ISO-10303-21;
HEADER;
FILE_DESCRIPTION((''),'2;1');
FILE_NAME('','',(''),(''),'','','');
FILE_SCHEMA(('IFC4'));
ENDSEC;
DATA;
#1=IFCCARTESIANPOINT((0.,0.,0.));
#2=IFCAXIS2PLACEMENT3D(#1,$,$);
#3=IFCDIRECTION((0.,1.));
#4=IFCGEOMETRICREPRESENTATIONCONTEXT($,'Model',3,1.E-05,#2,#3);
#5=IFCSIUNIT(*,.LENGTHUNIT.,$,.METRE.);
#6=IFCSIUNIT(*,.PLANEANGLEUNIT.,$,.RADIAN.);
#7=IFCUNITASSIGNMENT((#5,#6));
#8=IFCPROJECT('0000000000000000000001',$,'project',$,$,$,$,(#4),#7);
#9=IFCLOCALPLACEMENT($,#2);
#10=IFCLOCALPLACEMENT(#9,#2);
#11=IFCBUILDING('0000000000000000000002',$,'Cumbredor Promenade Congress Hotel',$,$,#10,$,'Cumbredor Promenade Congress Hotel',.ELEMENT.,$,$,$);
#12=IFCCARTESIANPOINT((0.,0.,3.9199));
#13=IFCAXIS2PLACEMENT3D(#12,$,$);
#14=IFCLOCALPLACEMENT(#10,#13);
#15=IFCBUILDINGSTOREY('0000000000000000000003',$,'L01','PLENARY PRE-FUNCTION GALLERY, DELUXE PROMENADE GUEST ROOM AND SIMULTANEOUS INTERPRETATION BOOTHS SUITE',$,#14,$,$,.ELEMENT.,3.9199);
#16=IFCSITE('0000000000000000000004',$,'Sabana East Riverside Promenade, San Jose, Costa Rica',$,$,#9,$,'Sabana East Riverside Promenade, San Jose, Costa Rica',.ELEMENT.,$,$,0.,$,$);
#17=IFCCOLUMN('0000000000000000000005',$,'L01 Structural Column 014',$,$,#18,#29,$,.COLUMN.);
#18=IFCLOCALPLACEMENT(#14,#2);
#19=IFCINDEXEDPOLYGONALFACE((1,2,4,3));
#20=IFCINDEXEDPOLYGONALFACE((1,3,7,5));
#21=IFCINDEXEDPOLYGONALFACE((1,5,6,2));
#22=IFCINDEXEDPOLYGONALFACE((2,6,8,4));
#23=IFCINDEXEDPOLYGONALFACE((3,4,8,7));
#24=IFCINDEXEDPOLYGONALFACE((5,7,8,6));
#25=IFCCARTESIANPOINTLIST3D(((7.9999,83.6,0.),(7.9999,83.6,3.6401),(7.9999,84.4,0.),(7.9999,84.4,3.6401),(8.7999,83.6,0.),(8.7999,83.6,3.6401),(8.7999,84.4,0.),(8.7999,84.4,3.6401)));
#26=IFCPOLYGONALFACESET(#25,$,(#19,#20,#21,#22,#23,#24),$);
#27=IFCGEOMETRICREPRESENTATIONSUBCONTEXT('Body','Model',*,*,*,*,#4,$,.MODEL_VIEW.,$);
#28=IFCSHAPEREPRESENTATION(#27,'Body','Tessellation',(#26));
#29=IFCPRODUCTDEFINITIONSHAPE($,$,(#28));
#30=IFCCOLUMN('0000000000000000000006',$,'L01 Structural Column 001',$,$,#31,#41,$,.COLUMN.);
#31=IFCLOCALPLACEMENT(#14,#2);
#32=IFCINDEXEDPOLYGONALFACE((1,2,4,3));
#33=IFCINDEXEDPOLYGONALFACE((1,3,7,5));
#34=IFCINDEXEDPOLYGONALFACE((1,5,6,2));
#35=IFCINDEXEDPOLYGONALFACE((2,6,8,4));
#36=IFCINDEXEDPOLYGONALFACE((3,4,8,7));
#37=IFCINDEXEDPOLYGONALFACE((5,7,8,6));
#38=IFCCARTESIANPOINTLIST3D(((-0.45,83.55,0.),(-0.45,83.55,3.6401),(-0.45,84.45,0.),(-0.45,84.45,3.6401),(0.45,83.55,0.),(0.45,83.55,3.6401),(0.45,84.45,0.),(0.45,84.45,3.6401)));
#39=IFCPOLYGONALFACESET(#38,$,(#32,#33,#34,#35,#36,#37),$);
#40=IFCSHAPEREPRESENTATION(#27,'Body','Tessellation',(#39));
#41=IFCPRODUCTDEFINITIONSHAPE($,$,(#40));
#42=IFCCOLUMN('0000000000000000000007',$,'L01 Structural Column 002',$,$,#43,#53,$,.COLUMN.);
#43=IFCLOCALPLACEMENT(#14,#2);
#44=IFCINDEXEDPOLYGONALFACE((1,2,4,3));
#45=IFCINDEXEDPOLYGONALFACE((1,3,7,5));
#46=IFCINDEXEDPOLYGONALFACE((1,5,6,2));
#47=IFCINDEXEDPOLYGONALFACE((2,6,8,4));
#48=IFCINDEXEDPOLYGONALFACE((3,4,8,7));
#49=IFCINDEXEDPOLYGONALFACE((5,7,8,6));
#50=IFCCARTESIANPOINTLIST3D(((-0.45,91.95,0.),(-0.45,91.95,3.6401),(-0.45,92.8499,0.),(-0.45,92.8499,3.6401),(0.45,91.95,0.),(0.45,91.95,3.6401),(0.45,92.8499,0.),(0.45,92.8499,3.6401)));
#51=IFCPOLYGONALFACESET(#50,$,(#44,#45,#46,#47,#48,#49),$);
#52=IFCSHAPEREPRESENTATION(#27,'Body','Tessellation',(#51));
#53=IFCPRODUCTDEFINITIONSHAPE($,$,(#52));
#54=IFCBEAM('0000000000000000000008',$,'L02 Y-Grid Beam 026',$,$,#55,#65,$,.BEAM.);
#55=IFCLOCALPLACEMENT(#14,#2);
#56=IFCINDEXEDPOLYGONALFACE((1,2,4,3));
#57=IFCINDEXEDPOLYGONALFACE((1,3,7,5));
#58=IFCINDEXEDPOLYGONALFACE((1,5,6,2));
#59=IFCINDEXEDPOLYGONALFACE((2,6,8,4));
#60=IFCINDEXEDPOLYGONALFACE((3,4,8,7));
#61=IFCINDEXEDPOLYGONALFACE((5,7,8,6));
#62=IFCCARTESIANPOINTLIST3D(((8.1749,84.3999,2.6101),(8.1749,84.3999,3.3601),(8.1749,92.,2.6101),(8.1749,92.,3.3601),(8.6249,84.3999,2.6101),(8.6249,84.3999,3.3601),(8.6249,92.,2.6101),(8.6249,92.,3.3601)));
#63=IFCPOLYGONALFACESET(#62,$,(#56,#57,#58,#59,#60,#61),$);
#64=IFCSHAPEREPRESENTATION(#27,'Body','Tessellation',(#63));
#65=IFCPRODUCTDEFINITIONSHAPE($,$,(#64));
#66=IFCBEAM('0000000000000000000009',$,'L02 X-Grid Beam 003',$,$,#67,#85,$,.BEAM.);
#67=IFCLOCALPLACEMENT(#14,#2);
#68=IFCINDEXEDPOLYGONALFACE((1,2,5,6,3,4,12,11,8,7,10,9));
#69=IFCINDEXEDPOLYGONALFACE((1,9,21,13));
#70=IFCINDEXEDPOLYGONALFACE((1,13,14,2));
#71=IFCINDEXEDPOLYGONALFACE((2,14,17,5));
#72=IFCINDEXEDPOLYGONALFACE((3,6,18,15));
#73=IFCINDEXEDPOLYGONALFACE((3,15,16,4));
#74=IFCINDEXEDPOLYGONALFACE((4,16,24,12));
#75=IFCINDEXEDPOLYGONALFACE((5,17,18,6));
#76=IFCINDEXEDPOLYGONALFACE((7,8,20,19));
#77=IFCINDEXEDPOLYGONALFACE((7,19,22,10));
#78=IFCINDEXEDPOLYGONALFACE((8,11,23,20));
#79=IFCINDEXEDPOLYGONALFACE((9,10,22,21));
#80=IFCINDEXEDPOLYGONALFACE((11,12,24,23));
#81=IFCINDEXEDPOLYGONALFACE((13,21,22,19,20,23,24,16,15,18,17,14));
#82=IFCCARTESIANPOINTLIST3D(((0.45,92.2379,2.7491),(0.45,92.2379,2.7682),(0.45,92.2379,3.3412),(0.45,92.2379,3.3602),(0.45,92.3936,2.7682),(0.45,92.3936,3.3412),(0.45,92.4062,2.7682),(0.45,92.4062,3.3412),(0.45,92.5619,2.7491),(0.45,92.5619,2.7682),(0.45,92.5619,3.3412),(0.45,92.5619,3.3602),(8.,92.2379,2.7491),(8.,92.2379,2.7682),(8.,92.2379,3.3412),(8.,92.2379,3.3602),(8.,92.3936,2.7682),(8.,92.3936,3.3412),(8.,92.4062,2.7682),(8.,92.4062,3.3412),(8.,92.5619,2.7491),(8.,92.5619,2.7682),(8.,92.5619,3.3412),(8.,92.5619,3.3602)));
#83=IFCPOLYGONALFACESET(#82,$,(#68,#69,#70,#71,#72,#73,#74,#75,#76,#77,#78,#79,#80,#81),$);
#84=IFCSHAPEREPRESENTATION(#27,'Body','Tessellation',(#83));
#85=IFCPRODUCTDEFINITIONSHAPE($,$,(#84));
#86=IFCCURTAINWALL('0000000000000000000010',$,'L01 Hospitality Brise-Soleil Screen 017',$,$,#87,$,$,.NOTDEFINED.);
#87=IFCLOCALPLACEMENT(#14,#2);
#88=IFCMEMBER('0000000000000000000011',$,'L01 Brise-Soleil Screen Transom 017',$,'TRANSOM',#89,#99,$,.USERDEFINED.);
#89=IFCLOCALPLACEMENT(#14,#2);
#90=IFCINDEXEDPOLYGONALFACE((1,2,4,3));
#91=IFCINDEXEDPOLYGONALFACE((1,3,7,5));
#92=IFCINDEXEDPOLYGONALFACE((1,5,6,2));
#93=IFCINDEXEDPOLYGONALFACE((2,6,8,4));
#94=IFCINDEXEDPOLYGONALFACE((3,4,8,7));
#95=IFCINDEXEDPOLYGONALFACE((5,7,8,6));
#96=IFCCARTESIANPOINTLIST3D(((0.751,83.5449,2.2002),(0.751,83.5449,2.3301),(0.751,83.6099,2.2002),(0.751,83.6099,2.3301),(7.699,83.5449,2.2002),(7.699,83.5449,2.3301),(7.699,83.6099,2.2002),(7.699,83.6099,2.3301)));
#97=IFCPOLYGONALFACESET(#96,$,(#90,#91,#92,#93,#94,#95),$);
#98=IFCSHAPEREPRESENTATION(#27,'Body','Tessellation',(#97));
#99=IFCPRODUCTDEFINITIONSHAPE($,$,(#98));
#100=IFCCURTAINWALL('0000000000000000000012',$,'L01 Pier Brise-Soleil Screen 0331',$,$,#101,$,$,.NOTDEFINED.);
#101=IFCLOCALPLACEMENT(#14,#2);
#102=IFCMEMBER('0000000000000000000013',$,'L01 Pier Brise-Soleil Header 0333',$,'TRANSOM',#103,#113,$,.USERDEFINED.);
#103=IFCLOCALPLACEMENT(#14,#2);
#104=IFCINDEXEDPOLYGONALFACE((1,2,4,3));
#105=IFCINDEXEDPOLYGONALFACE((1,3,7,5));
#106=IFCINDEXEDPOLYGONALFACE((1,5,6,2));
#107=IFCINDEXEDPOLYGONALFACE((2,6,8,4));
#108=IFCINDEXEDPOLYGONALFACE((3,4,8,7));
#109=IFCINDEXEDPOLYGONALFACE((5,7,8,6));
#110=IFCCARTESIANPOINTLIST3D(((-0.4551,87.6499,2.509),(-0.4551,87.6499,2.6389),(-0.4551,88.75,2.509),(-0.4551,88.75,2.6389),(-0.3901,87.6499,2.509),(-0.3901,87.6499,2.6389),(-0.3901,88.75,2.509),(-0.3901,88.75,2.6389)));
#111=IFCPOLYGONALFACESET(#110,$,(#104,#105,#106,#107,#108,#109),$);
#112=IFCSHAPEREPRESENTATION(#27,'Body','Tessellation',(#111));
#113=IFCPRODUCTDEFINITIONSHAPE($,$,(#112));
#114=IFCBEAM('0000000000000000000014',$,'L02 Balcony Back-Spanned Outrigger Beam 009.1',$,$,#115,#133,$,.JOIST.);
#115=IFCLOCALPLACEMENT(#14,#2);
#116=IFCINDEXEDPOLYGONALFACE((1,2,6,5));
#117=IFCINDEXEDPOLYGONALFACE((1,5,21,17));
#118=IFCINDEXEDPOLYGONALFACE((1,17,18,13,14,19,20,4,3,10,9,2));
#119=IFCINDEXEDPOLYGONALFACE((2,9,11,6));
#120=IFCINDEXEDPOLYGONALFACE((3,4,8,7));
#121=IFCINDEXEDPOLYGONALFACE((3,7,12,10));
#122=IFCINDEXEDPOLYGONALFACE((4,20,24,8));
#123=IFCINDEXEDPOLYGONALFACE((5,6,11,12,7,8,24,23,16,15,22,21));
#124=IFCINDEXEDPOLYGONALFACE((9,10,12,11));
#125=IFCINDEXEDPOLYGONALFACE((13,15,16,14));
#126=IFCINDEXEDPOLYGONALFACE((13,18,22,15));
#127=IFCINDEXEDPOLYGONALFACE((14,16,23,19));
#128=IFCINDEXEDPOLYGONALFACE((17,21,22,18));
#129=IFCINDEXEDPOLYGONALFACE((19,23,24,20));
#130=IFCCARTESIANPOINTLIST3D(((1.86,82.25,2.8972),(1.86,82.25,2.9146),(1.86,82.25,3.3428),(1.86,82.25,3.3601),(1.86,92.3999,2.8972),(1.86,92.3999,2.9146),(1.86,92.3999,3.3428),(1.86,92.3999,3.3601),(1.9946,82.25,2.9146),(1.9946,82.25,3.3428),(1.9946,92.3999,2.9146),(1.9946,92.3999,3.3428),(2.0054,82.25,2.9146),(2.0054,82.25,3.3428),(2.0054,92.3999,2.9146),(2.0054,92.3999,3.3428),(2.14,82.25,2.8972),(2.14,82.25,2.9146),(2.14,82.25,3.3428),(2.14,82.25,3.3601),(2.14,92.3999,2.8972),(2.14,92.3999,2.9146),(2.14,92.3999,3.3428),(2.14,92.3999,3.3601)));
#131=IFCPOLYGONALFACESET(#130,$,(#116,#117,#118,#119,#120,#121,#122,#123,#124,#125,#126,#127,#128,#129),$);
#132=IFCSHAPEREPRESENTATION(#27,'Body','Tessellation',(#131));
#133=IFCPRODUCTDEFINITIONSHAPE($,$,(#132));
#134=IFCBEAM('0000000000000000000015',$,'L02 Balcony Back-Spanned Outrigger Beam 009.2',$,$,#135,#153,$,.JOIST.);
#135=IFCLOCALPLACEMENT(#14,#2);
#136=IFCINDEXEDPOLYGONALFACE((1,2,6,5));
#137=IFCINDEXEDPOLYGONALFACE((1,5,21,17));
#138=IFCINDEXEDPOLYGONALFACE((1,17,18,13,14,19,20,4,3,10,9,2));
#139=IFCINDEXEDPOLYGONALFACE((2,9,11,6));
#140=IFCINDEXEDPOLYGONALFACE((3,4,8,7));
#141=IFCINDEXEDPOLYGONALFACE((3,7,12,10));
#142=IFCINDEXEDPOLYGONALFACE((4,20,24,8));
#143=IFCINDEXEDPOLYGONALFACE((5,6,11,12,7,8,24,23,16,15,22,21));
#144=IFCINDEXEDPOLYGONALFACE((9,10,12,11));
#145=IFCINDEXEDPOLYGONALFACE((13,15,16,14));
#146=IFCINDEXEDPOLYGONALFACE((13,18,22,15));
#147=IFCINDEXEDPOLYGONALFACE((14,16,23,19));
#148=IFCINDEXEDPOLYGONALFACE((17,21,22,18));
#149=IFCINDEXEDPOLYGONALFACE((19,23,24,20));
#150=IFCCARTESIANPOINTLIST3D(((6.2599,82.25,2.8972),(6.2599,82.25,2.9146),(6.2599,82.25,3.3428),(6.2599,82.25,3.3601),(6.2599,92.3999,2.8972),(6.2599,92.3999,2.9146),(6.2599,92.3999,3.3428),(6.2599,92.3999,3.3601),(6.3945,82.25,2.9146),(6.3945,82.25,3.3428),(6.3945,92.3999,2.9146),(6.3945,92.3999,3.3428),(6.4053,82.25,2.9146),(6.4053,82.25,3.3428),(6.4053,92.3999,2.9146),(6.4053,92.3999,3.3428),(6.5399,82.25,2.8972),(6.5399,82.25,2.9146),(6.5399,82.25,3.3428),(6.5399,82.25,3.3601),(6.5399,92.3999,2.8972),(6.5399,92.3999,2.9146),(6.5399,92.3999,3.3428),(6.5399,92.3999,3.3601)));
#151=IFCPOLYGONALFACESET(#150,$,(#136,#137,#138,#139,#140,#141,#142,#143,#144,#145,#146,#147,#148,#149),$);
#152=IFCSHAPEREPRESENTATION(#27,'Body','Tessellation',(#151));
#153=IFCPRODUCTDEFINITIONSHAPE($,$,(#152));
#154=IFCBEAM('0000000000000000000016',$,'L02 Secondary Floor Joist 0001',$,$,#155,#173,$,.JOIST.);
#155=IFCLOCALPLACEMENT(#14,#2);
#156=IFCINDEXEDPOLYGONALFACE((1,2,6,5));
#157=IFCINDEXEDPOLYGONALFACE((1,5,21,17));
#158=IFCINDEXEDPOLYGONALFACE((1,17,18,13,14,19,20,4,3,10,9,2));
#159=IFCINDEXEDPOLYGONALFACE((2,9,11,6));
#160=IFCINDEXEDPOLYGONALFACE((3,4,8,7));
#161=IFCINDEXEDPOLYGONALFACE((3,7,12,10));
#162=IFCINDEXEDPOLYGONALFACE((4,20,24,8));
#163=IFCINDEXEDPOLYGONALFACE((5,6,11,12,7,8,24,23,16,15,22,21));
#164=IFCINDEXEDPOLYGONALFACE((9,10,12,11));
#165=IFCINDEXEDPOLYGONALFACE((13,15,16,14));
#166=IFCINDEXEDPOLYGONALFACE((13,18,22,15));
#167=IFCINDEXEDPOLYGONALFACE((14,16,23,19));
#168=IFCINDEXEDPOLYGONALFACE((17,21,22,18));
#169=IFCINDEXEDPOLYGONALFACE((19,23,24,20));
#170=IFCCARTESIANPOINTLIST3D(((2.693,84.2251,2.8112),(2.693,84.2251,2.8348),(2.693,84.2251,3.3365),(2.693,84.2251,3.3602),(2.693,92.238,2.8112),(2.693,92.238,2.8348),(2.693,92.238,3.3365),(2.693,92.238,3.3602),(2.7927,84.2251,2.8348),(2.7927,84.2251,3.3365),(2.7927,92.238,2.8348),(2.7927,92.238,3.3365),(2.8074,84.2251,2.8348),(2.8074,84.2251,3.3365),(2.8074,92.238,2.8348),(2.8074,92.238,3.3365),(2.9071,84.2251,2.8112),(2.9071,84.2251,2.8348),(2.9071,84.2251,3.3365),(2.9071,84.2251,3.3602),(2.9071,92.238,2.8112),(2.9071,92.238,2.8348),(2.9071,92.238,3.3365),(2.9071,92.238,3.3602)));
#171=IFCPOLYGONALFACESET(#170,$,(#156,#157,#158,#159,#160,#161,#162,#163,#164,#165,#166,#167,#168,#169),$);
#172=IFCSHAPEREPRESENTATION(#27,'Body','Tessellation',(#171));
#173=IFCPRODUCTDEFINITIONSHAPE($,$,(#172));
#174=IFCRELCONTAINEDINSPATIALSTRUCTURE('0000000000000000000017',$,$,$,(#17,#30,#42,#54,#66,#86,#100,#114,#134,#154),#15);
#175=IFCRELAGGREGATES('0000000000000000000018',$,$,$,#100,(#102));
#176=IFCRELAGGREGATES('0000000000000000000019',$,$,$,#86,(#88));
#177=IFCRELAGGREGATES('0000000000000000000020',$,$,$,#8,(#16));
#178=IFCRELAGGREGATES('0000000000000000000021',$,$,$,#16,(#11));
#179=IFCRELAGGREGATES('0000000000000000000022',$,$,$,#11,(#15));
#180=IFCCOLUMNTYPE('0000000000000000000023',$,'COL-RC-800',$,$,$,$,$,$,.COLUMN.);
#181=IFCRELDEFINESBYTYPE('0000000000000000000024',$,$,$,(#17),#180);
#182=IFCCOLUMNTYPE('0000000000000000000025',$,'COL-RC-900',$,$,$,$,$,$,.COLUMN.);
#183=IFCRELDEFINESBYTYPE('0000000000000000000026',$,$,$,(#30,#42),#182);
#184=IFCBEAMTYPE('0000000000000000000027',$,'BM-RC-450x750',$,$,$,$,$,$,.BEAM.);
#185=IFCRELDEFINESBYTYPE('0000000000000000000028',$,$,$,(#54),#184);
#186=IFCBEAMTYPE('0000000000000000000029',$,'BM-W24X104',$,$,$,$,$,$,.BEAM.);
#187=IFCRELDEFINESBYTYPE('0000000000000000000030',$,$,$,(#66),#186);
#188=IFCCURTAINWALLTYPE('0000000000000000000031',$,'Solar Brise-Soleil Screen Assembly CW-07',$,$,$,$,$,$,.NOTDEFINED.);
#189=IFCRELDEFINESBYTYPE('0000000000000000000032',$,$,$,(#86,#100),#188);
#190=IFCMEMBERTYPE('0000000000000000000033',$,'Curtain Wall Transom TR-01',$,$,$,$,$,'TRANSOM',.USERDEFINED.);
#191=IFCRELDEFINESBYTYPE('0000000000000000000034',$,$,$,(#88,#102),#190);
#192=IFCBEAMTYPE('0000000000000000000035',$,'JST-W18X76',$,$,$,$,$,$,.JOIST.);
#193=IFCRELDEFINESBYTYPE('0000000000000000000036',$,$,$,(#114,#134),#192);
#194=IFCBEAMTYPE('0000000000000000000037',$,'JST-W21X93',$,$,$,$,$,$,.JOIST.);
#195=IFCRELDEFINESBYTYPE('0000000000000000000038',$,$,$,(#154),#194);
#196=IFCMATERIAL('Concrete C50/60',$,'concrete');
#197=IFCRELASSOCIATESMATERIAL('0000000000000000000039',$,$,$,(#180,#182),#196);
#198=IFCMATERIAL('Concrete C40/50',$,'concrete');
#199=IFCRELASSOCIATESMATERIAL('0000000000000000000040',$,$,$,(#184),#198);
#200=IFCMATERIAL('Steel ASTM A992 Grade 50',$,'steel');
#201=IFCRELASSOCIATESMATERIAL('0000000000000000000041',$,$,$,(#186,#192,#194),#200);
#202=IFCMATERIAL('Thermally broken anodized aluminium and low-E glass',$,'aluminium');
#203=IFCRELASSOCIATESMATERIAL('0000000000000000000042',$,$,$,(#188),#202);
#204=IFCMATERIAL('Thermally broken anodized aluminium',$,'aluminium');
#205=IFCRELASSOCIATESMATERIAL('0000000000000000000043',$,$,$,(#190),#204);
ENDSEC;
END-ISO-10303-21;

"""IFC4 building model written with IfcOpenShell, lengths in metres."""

from ifc_helpers import new_model, si_unit, direction, frame, origin, origin_2d, place, context, subcontext, project, spatial, rectangle, i_section, extrude, material, material_profile, profile_set, type_object, element, aggregate, save


model = new_model("IFC4")

# Units and contexts
model_context = context("Model", 3, precision=1e-05, world=origin(), true_north=direction((0.0, 1.0)))
body_context = subcontext(model_context, "Body", "Model", "MODEL_VIEW")
ifc_project = project(units=[si_unit("LENGTHUNIT", "METRE"), si_unit("PLANEANGLEUNIT", "RADIAN")], contexts=[model_context])

# Site, building, storey
site_placement = place(None, origin())
site = spatial("IfcSite", under=ifc_project, at=site_placement, Name="Sabana East Riverside Promenade, San Jose, Costa Rica", LongName="Sabana East Riverside Promenade, San Jose, Costa Rica", CompositionType="ELEMENT", RefElevation=0.0)
building_placement = place(site_placement, origin())
building = spatial("IfcBuilding", under=site, at=building_placement, Name="Cumbredor Promenade Congress Hotel", LongName="Cumbredor Promenade Congress Hotel", CompositionType="ELEMENT")
storey_placement = place(building_placement, frame((0.0, 0.0, 3.9199)))
storey = spatial("IfcBuildingStorey", under=building, at=storey_placement, Name="L01", Description="PLENARY PRE-FUNCTION GALLERY, DELUXE PROMENADE GUEST ROOM AND SIMULTANEOUS INTERPRETATION BOOTHS SUITE", CompositionType="ELEMENT", Elevation=3.9199)

# Columns
ifc_material_1 = material(Name="Concrete C50/60", Category="concrete")
ifc_material_profile_1 = material_profile(ifc_material_1, rectangle(XDim=0.8, YDim=0.8, at=origin_2d()), Name="RC 800x800")
ifc_profile_set_1 = profile_set([ifc_material_profile_1], Name="Concrete C50/60")
column_type_1 = type_object("IfcColumnType", Name="COL-RC-800", PredefinedType="COLUMN", material=ifc_profile_set_1)
column_placement = place(storey_placement, frame((8.3999, 84.0, 0.0), z_axis=(0.0, 0.0, 1.0), x_axis=(1.0, 0.0, 0.0)))
element("IfcColumn", 1, at=column_placement, inside=storey, type_object=column_type_1, Name="L01 Structural Column 014", PredefinedType="COLUMN", context=body_context, shape_type="SweptSolid", body=[
    extrude(rectangle(XDim=0.8, YDim=0.8, at=origin_2d()), origin(), (0.0, 0.0, 1.0), 3.6401),
])
ifc_material_profile_2 = material_profile(ifc_material_1, rectangle(XDim=0.8999, YDim=0.8999, at=origin_2d()), Name="RC 900x900")
ifc_profile_set_2 = profile_set([ifc_material_profile_2], Name="Concrete C50/60")
column_type_2 = type_object("IfcColumnType", Name="COL-RC-900", PredefinedType="COLUMN", material=ifc_profile_set_2)
for number, where, z_axis, x_axis, name in (
    (2, (0.0, 84.0, 0.0), (0.0, 0.0, 1.0), (1.0, 0.0, 0.0), "L01 Structural Column 001"),
    (3, (0.0, 92.3999, 0.0), (0.0, 0.0, 1.0), (1.0, 0.0, 0.0), "L01 Structural Column 002"),
):
    element("IfcColumn", number, at=place(storey_placement, frame(where, z_axis=z_axis, x_axis=x_axis)), inside=storey, type_object=column_type_2, Name=name, PredefinedType="COLUMN", context=body_context, shape_type="SweptSolid", body=[
        extrude(rectangle(XDim=0.8999, YDim=0.8999, at=origin_2d()), origin(), (0.0, 0.0, 1.0), 3.6401),
    ])

# Beams
ifc_material_2 = material(Name="Concrete C40/50", Category="concrete")
ifc_material_profile_3 = material_profile(ifc_material_2, rectangle(XDim=0.45, YDim=0.75, at=origin_2d()), Name="RC BEAM 450x750")
ifc_profile_set_3 = profile_set([ifc_material_profile_3], Name="Concrete C40/50")
beam_type_1 = type_object("IfcBeamType", Name="BM-RC-450x750", PredefinedType="BEAM", material=ifc_profile_set_3)
beam_1_placement = place(storey_placement, frame((8.3999, 84.3999, 2.9851), z_axis=(0.0, 1.0, 0.0), x_axis=(-1.0, 0.0, 0.0)))
element("IfcBeam", 4, at=beam_1_placement, inside=storey, type_object=beam_type_1, Name="L02 Y-Grid Beam 026", PredefinedType="BEAM", context=body_context, shape_type="SweptSolid", body=[
    extrude(rectangle(XDim=0.45, YDim=0.75, at=origin_2d()), origin(), (0.0, 0.0, 1.0), 7.6001),
])
ifc_material_3 = material(Name="Steel ASTM A992 Grade 50", Category="steel")
ifc_material_profile_4 = material_profile(ifc_material_3, i_section(OverallWidth=0.324, OverallDepth=0.6111, WebThickness=0.0127, FlangeThickness=0.019, at=origin_2d()), Name="W24X104")
ifc_profile_set_4 = profile_set([ifc_material_profile_4], Name="Steel ASTM A992 Grade 50")
beam_type_2 = type_object("IfcBeamType", Name="BM-W24X104", PredefinedType="BEAM", material=ifc_profile_set_4)
beam_2_placement = place(storey_placement, frame((0.45, 92.3999, 3.0547), z_axis=(1.0, 0.0, 0.0), x_axis=(0.0, 1.0, 0.0)))
element("IfcBeam", 5, at=beam_2_placement, inside=storey, type_object=beam_type_2, Name="L02 X-Grid Beam 003", PredefinedType="BEAM", context=body_context, shape_type="SweptSolid", body=[
    extrude(i_section(OverallWidth=0.324, OverallDepth=0.6111, WebThickness=0.0127, FlangeThickness=0.019, at=origin_2d()), origin(), (0.0, 0.0, 1.0), 7.55),
])

# Curtain walls, members
ifc_material_4 = material(Name="Thermally broken anodized aluminium and low-E glass", Category="aluminium")
curtain_wall_type = type_object("IfcCurtainWallType", Name="Solar Brise-Soleil Screen Assembly CW-07", PredefinedType="NOTDEFINED", material=ifc_material_4)
curtain_wall_1_placement = place(storey_placement, origin())
curtain_wall_1 = element("IfcCurtainWall", 6, at=curtain_wall_1_placement, inside=storey, type_object=curtain_wall_type, Name="L01 Hospitality Brise-Soleil Screen 017", PredefinedType="NOTDEFINED")
ifc_material_5 = material(Name="Thermally broken anodized aluminium", Category="aluminium")
ifc_material_profile_5 = material_profile(ifc_material_5, rectangle(XDim=0.0649, YDim=0.1299, at=origin_2d()), Name="ALU TRANSOM 65x130")
ifc_profile_set_5 = profile_set([ifc_material_profile_5], Name="Thermally broken anodized aluminium")
member_type_1 = type_object("IfcMemberType", Name="Curtain Wall Transom TR-01", ElementType="TRANSOM", PredefinedType="USERDEFINED", material=ifc_profile_set_5)
member_1_placement = place(storey_placement, frame((0.751, 83.5774, 2.2651), z_axis=(1.0, 0.0, 0.0), x_axis=(0.0, 1.0, 0.0)))
member_1 = element("IfcMember", 7, at=member_1_placement, type_object=member_type_1, Name="L01 Brise-Soleil Screen Transom 017", ObjectType="TRANSOM", PredefinedType="USERDEFINED", context=body_context, shape_type="SweptSolid", body=[
    extrude(rectangle(XDim=0.0649, YDim=0.1299, at=origin_2d()), origin(), (0.0, 0.0, 1.0), 6.948),
])
curtain_wall_2_placement = place(storey_placement, origin())
curtain_wall_2 = element("IfcCurtainWall", 8, at=curtain_wall_2_placement, inside=storey, type_object=curtain_wall_type, Name="L01 Pier Brise-Soleil Screen 0331", PredefinedType="NOTDEFINED")
member_2_placement = place(storey_placement, frame((-0.4226, 87.6499, 2.574), z_axis=(0.0, 1.0, 0.0), x_axis=(-1.0, 0.0, 0.0)))
member_2 = element("IfcMember", 9, at=member_2_placement, type_object=member_type_1, Name="L01 Pier Brise-Soleil Header 0333", ObjectType="TRANSOM", PredefinedType="USERDEFINED", context=body_context, shape_type="SweptSolid", body=[
    extrude(rectangle(XDim=0.0649, YDim=0.1299, at=origin_2d()), origin(), (0.0, 0.0, 1.0), 1.1001),
])

# Beams
ifc_material_profile_6 = material_profile(ifc_material_3, i_section(OverallWidth=0.28, OverallDepth=0.4629, WebThickness=0.0107, FlangeThickness=0.0173, at=origin_2d()), Name="W18X76")
ifc_profile_set_6 = profile_set([ifc_material_profile_6], Name="Steel ASTM A992 Grade 50")
beam_type_3 = type_object("IfcBeamType", Name="JST-W18X76", PredefinedType="JOIST", material=ifc_profile_set_6)
for number, where, z_axis, x_axis, name in (
    (10, (2.0, 82.25, 3.1287), (0.0, 1.0, 0.0), (-1.0, 0.0, 0.0), "L02 Balcony Back-Spanned Outrigger Beam 009.1"),
    (11, (6.3999, 82.25, 3.1287), (0.0, 1.0, 0.0), (-1.0, 0.0, 0.0), "L02 Balcony Back-Spanned Outrigger Beam 009.2"),
):
    element("IfcBeam", number, at=place(storey_placement, frame(where, z_axis=z_axis, x_axis=x_axis)), inside=storey, type_object=beam_type_3, Name=name, PredefinedType="JOIST", context=body_context, shape_type="SweptSolid", body=[
        extrude(i_section(OverallWidth=0.28, OverallDepth=0.4629, WebThickness=0.0107, FlangeThickness=0.0173, at=origin_2d()), origin(), (0.0, 0.0, 1.0), 10.1499),
    ])
ifc_material_profile_7 = material_profile(ifc_material_3, i_section(OverallWidth=0.2141, OverallDepth=0.5491, WebThickness=0.0146, FlangeThickness=0.0237, at=origin_2d()), Name="W21X93")
ifc_profile_set_7 = profile_set([ifc_material_profile_7], Name="Steel ASTM A992 Grade 50")
beam_type_4 = type_object("IfcBeamType", Name="JST-W21X93", PredefinedType="JOIST", material=ifc_profile_set_7)
for number, where, z_axis, x_axis, name in (
    (12, (2.8, 84.2251, 3.0857), (0.0, 1.0, 0.0), (-1.0, 0.0, 0.0), "L02 Secondary Floor Joist 0001"),
):
    element("IfcBeam", number, at=place(storey_placement, frame(where, z_axis=z_axis, x_axis=x_axis)), inside=storey, type_object=beam_type_4, Name=name, PredefinedType="JOIST", context=body_context, shape_type="SweptSolid", body=[
        extrude(i_section(OverallWidth=0.2141, OverallDepth=0.5491, WebThickness=0.0146, FlangeThickness=0.0237, at=origin_2d()), origin(), (0.0, 0.0, 1.0), 8.0129),
    ])

aggregate(curtain_wall_2, [member_2])

aggregate(curtain_wall_1, [member_1])

save(model, "model.ifc")
